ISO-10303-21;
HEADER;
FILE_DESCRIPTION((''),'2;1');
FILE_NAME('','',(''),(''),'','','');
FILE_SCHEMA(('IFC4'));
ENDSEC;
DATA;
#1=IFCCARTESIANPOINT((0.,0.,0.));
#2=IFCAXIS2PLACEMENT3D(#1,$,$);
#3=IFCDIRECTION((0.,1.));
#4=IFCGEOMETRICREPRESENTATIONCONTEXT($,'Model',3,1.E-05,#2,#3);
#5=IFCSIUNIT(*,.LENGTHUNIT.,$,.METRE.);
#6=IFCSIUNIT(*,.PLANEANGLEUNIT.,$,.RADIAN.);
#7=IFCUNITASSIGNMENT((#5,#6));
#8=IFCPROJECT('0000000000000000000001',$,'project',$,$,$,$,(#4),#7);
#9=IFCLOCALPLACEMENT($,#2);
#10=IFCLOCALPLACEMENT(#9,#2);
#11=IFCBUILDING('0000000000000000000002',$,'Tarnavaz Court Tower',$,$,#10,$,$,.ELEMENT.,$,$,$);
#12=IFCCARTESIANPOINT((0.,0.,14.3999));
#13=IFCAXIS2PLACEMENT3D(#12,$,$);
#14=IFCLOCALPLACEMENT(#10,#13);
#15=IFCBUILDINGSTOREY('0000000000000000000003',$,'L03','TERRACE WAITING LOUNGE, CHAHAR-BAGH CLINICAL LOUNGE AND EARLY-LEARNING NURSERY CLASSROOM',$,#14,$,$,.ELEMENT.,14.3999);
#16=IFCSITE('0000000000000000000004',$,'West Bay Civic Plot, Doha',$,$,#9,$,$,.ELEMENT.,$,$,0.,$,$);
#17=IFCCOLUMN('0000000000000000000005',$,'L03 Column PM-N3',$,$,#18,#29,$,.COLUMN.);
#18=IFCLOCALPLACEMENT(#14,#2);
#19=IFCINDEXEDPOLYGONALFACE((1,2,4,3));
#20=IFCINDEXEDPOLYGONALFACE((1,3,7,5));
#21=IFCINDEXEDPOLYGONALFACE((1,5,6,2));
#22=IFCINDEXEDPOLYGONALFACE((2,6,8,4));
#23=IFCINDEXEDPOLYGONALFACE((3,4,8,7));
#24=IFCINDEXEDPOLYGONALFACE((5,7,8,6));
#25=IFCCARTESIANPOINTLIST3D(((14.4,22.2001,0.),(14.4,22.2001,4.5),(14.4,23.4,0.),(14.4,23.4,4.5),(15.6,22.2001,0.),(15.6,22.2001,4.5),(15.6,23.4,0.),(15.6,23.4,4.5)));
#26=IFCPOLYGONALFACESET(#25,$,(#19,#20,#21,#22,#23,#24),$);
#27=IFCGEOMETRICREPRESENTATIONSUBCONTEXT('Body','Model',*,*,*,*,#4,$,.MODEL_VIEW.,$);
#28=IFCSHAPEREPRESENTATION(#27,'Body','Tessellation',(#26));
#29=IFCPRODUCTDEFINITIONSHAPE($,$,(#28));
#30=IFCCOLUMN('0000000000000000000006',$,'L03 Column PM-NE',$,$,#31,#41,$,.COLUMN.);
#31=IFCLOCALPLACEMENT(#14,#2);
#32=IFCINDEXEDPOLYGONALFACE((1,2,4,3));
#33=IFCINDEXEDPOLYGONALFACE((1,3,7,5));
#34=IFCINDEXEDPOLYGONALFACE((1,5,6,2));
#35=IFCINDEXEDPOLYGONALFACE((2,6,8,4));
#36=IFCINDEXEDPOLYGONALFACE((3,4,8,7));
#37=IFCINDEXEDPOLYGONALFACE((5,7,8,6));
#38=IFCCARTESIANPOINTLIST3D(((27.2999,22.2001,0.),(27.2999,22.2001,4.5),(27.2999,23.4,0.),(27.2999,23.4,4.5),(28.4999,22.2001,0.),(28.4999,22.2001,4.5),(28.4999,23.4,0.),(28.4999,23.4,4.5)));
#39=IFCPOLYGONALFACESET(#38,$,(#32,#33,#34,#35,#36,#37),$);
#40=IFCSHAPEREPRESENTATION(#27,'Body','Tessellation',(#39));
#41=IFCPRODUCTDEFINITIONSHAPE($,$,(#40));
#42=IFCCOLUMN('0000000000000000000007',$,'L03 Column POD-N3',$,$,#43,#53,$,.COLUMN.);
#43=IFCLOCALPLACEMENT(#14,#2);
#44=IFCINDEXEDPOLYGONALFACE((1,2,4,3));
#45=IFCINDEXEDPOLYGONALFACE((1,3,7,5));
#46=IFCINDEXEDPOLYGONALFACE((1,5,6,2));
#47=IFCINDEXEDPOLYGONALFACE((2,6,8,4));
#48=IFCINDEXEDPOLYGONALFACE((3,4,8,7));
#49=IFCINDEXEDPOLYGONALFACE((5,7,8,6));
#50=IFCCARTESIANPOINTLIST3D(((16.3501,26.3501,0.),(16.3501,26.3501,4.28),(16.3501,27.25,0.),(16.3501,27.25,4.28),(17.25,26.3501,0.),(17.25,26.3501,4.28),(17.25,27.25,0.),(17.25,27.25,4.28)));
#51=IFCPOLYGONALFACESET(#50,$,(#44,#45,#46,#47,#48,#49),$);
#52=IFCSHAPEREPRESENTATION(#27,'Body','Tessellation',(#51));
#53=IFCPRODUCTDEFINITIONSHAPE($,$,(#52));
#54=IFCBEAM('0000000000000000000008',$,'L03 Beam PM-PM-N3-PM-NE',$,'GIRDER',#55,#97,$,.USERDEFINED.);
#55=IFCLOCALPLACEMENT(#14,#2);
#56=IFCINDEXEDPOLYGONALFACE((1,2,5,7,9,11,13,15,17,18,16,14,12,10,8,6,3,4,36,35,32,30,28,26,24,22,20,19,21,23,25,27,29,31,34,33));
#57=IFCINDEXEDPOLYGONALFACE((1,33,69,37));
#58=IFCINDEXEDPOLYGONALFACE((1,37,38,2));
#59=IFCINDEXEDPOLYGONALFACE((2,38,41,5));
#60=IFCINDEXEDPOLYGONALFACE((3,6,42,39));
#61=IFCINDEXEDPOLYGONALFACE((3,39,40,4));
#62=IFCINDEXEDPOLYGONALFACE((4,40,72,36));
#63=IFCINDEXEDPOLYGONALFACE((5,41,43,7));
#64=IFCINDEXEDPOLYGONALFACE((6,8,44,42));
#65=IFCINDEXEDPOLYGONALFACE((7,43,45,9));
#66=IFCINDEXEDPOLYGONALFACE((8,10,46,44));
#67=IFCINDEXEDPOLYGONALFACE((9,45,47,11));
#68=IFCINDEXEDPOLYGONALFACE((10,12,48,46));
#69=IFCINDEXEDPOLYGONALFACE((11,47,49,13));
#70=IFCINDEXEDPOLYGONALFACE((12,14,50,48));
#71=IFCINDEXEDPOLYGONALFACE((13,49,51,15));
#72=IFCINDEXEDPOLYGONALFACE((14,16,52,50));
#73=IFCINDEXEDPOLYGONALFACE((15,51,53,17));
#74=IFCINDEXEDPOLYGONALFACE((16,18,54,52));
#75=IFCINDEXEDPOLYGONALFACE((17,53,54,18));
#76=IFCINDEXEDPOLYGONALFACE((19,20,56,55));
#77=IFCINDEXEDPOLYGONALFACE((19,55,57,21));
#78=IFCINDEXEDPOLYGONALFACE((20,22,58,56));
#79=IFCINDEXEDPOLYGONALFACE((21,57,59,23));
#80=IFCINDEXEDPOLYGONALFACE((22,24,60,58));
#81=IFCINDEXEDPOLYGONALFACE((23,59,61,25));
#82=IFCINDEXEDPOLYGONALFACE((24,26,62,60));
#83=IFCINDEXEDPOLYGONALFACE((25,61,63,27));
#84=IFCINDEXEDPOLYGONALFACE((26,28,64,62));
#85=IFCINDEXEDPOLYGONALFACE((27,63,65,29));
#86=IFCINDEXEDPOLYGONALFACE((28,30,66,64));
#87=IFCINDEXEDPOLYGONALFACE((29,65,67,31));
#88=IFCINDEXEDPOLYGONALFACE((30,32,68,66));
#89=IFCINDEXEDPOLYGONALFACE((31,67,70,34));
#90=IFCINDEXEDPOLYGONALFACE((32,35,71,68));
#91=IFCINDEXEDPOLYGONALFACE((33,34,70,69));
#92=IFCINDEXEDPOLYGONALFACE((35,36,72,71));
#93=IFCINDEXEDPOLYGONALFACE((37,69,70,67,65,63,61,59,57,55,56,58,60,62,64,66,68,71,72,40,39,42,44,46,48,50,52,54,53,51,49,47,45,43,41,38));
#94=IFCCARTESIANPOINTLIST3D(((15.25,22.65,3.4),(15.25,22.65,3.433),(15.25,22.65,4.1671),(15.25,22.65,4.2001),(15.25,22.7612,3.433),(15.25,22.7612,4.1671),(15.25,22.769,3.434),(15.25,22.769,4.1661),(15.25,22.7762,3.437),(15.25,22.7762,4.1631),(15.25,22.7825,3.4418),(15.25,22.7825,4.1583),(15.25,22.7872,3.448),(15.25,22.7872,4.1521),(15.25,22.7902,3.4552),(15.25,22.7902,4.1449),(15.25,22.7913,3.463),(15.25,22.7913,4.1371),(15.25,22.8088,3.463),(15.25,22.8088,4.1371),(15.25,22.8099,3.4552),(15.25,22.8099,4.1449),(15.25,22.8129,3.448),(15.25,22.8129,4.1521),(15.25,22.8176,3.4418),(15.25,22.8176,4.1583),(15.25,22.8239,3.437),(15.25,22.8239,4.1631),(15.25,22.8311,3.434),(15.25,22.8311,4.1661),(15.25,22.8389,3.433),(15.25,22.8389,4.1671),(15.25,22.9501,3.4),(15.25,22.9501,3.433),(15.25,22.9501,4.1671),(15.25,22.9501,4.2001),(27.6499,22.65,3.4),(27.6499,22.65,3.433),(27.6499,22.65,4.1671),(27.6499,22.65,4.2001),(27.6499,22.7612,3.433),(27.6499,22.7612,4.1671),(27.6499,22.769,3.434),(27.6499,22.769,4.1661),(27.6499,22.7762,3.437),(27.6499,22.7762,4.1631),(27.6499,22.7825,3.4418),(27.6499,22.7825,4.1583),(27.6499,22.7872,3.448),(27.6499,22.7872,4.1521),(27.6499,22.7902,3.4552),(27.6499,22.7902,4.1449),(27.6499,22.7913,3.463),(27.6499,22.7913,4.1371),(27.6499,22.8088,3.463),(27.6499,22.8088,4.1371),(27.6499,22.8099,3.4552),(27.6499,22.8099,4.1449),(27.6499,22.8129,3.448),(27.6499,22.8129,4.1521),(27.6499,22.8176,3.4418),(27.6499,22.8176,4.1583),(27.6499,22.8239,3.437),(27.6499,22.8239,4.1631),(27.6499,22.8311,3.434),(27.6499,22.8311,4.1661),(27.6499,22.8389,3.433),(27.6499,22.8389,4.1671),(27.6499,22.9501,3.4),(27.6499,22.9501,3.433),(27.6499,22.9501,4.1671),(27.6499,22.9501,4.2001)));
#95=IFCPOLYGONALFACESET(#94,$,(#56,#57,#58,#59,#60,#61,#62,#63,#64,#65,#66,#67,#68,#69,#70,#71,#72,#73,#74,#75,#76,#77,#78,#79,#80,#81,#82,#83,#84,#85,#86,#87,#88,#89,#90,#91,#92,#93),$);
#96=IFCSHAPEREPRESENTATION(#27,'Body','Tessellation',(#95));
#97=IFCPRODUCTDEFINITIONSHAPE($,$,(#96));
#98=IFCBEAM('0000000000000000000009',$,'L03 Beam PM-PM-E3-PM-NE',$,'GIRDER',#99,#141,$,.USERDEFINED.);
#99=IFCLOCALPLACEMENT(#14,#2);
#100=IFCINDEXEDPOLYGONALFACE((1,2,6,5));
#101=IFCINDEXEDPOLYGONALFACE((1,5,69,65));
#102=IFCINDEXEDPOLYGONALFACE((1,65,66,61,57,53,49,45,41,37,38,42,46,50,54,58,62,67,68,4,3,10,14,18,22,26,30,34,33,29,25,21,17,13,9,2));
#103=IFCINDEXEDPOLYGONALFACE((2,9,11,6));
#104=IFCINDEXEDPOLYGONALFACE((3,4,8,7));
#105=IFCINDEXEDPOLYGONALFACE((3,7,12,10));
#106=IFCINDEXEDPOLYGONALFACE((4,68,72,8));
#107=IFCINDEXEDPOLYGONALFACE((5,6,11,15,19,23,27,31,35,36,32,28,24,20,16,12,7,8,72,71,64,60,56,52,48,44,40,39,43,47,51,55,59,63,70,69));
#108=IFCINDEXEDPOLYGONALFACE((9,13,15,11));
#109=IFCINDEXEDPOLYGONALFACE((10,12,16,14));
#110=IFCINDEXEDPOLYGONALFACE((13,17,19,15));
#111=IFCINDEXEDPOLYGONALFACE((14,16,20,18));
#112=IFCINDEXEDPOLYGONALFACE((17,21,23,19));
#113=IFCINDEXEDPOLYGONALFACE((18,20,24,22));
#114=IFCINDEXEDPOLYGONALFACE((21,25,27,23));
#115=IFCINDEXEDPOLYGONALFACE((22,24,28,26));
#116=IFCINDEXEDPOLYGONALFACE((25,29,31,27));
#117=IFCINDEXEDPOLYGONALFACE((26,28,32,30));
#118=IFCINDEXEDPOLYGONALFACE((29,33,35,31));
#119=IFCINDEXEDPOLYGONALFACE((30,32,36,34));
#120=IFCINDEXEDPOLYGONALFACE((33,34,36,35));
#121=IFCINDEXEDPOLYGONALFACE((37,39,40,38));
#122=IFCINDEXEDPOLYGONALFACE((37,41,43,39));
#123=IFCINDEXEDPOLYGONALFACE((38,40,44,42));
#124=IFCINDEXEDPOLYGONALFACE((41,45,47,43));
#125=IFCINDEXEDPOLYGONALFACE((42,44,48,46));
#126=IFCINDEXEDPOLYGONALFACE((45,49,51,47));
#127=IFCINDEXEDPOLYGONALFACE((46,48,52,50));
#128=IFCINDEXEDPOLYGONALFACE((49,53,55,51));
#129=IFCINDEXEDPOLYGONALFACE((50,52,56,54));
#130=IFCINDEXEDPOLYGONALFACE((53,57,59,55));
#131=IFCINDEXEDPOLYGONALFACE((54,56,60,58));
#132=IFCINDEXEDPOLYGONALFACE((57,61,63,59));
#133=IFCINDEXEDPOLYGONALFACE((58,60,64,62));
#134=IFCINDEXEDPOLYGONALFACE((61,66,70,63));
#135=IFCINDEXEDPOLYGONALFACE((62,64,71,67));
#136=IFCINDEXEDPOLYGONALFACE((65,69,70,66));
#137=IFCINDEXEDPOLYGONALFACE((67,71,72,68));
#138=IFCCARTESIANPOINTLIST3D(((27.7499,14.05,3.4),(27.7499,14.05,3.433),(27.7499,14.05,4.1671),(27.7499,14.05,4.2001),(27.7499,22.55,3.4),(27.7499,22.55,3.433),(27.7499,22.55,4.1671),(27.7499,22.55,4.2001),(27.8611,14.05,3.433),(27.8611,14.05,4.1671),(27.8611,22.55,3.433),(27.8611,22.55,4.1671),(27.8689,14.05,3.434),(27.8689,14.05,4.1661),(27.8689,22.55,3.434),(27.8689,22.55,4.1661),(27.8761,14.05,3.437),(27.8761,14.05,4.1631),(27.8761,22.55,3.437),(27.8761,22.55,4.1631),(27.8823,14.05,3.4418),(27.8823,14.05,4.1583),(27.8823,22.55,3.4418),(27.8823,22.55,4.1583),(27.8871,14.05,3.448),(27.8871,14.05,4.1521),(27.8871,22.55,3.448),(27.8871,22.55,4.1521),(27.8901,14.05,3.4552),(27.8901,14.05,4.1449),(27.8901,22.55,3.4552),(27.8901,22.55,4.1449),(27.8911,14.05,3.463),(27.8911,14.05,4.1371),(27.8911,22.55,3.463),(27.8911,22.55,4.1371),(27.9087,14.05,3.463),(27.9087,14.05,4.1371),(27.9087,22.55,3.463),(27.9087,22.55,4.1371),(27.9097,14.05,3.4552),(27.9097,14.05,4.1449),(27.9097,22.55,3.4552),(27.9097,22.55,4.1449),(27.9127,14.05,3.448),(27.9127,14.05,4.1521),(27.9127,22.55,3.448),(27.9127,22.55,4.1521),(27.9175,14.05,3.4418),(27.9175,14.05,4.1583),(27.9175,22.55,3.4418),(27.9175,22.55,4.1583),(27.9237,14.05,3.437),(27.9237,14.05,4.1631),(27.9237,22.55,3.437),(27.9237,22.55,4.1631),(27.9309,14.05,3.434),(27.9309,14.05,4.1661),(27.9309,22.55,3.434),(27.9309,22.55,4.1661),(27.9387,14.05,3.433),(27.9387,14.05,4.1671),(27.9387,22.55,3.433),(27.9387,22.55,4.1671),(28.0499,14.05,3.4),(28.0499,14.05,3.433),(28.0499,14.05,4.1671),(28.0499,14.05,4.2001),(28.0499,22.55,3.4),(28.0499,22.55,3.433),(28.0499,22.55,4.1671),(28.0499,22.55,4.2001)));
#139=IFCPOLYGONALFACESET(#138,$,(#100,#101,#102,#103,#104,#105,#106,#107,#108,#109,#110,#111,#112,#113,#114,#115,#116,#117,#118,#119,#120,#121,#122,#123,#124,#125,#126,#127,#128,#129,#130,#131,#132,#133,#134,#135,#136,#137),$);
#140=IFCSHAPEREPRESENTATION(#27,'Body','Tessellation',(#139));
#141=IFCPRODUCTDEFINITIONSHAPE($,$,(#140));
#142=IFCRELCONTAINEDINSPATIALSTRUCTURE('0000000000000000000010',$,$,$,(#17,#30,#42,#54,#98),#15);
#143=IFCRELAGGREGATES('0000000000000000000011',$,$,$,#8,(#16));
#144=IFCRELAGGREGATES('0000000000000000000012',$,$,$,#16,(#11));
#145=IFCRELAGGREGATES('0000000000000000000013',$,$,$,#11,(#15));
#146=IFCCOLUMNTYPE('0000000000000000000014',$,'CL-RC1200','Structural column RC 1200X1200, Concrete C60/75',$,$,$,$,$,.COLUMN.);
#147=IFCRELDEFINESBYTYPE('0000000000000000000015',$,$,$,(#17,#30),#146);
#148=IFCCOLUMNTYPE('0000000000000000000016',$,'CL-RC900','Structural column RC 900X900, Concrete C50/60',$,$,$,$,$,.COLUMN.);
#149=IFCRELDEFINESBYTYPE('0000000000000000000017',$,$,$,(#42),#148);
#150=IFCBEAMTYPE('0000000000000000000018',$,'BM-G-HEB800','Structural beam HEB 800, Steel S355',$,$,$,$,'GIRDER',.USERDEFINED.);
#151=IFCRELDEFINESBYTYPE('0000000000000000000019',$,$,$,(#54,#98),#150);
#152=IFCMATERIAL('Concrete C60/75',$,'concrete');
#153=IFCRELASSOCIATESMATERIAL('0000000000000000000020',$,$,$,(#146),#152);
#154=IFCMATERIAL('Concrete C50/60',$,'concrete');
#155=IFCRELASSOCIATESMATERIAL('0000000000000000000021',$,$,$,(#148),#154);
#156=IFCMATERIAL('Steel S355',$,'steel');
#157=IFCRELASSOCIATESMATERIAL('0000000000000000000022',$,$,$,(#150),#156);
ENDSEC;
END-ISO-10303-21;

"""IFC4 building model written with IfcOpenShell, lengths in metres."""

from ifc_helpers import new_model, si_unit, direction, frame, origin, origin_2d, place, context, subcontext, project, spatial, rectangle, i_section, extrude, material, material_profile, profile_set, type_object, element, save


model = new_model("IFC4")

# Units and contexts
model_context = context("Model", 3, precision=1e-05, world=origin(), true_north=direction((0.0, 1.0)))
body_context = subcontext(model_context, "Body", "Model", "MODEL_VIEW")
ifc_project = project(units=[si_unit("LENGTHUNIT", "METRE"), si_unit("PLANEANGLEUNIT", "RADIAN")], contexts=[model_context])

# Site, building, storey
site_placement = place(None, origin())
site = spatial("IfcSite", under=ifc_project, at=site_placement, Name="West Bay Civic Plot, Doha", CompositionType="ELEMENT", RefElevation=0.0)
building_placement = place(site_placement, origin())
building = spatial("IfcBuilding", under=site, at=building_placement, Name="Tarnavaz Court Tower", CompositionType="ELEMENT")
storey_placement = place(building_placement, frame((0.0, 0.0, 14.3999)))
storey = spatial("IfcBuildingStorey", under=building, at=storey_placement, Name="L03", Description="TERRACE WAITING LOUNGE, CHAHAR-BAGH CLINICAL LOUNGE AND EARLY-LEARNING NURSERY CLASSROOM", CompositionType="ELEMENT", Elevation=14.3999)

# Columns
ifc_material_1 = material(Name="Concrete C60/75", Category="concrete")
ifc_material_profile_1 = material_profile(ifc_material_1, rectangle(XDim=1.2, YDim=1.2, at=origin_2d()), Name="RC 1200X1200")
ifc_profile_set_1 = profile_set([ifc_material_profile_1], Name="Concrete C60/75")
column_type_1 = type_object("IfcColumnType", Name="CL-RC1200", Description="Structural column RC 1200X1200, Concrete C60/75", PredefinedType="COLUMN", material=ifc_profile_set_1)
for number, where, z_axis, x_axis, name in (
    (1, (15.0, 22.8, 0.0), (0.0, 0.0, 1.0), (1.0, 0.0, 0.0), "L03 Column PM-N3"),
    (2, (27.8999, 22.8, 0.0), (0.0, 0.0, 1.0), (1.0, 0.0, 0.0), "L03 Column PM-NE"),
):
    element("IfcColumn", number, at=place(storey_placement, frame(where, z_axis=z_axis, x_axis=x_axis)), inside=storey, type_object=column_type_1, Name=name, PredefinedType="COLUMN", context=body_context, shape_type="SweptSolid", body=[
        extrude(rectangle(XDim=1.2, YDim=1.2, at=origin_2d()), origin(), (0.0, 0.0, 1.0), 4.5),
    ])
ifc_material_2 = material(Name="Concrete C50/60", Category="concrete")
ifc_material_profile_2 = material_profile(ifc_material_2, rectangle(XDim=0.8999, YDim=0.8999, at=origin_2d()), Name="RC 900X900")
ifc_profile_set_2 = profile_set([ifc_material_profile_2], Name="Concrete C50/60")
column_type_2 = type_object("IfcColumnType", Name="CL-RC900", Description="Structural column RC 900X900, Concrete C50/60", PredefinedType="COLUMN", material=ifc_profile_set_2)
column_placement = place(storey_placement, frame((16.8, 26.8, 0.0), z_axis=(0.0, 0.0, 1.0), x_axis=(1.0, 0.0, 0.0)))
element("IfcColumn", 3, at=column_placement, inside=storey, type_object=column_type_2, Name="L03 Column POD-N3", PredefinedType="COLUMN", context=body_context, shape_type="SweptSolid", body=[
    extrude(rectangle(XDim=0.8999, YDim=0.8999, at=origin_2d()), origin(), (0.0, 0.0, 1.0), 4.28),
])

# Beams
ifc_material_3 = material(Name="Steel S355", Category="steel")
ifc_material_profile_3 = material_profile(ifc_material_3, i_section(OverallWidth=0.3, OverallDepth=0.8, WebThickness=0.0176, FlangeThickness=0.033, FilletRadius=0.03, at=origin_2d()), Name="HEB 800")
ifc_profile_set_3 = profile_set([ifc_material_profile_3], Name="Steel S355")
beam_type = type_object("IfcBeamType", Name="BM-G-HEB800", Description="Structural beam HEB 800, Steel S355", ElementType="GIRDER", PredefinedType="USERDEFINED", material=ifc_profile_set_3)
beam_1_placement = place(storey_placement, frame((15.25, 22.8, 3.8), z_axis=(1.0, 0.0, 0.0), x_axis=(0.0, 1.0, 0.0)))
element("IfcBeam", 4, at=beam_1_placement, inside=storey, type_object=beam_type, Name="L03 Beam PM-PM-N3-PM-NE", ObjectType="GIRDER", PredefinedType="USERDEFINED", context=body_context, shape_type="SweptSolid", body=[
    extrude(i_section(OverallWidth=0.3, OverallDepth=0.8, WebThickness=0.0176, FlangeThickness=0.033, FilletRadius=0.03, at=origin_2d()), origin(), (0.0, 0.0, 1.0), 12.3999),
])
beam_2_placement = place(storey_placement, frame((27.8999, 14.05, 3.8), z_axis=(0.0, 1.0, 0.0), x_axis=(-1.0, 0.0, 0.0)))
element("IfcBeam", 5, at=beam_2_placement, inside=storey, type_object=beam_type, Name="L03 Beam PM-PM-E3-PM-NE", ObjectType="GIRDER", PredefinedType="USERDEFINED", context=body_context, shape_type="SweptSolid", body=[
    extrude(i_section(OverallWidth=0.3, OverallDepth=0.8, WebThickness=0.0176, FlangeThickness=0.033, FilletRadius=0.03, at=origin_2d()), origin(), (0.0, 0.0, 1.0), 8.5),
])

save(model, "model.ifc")
